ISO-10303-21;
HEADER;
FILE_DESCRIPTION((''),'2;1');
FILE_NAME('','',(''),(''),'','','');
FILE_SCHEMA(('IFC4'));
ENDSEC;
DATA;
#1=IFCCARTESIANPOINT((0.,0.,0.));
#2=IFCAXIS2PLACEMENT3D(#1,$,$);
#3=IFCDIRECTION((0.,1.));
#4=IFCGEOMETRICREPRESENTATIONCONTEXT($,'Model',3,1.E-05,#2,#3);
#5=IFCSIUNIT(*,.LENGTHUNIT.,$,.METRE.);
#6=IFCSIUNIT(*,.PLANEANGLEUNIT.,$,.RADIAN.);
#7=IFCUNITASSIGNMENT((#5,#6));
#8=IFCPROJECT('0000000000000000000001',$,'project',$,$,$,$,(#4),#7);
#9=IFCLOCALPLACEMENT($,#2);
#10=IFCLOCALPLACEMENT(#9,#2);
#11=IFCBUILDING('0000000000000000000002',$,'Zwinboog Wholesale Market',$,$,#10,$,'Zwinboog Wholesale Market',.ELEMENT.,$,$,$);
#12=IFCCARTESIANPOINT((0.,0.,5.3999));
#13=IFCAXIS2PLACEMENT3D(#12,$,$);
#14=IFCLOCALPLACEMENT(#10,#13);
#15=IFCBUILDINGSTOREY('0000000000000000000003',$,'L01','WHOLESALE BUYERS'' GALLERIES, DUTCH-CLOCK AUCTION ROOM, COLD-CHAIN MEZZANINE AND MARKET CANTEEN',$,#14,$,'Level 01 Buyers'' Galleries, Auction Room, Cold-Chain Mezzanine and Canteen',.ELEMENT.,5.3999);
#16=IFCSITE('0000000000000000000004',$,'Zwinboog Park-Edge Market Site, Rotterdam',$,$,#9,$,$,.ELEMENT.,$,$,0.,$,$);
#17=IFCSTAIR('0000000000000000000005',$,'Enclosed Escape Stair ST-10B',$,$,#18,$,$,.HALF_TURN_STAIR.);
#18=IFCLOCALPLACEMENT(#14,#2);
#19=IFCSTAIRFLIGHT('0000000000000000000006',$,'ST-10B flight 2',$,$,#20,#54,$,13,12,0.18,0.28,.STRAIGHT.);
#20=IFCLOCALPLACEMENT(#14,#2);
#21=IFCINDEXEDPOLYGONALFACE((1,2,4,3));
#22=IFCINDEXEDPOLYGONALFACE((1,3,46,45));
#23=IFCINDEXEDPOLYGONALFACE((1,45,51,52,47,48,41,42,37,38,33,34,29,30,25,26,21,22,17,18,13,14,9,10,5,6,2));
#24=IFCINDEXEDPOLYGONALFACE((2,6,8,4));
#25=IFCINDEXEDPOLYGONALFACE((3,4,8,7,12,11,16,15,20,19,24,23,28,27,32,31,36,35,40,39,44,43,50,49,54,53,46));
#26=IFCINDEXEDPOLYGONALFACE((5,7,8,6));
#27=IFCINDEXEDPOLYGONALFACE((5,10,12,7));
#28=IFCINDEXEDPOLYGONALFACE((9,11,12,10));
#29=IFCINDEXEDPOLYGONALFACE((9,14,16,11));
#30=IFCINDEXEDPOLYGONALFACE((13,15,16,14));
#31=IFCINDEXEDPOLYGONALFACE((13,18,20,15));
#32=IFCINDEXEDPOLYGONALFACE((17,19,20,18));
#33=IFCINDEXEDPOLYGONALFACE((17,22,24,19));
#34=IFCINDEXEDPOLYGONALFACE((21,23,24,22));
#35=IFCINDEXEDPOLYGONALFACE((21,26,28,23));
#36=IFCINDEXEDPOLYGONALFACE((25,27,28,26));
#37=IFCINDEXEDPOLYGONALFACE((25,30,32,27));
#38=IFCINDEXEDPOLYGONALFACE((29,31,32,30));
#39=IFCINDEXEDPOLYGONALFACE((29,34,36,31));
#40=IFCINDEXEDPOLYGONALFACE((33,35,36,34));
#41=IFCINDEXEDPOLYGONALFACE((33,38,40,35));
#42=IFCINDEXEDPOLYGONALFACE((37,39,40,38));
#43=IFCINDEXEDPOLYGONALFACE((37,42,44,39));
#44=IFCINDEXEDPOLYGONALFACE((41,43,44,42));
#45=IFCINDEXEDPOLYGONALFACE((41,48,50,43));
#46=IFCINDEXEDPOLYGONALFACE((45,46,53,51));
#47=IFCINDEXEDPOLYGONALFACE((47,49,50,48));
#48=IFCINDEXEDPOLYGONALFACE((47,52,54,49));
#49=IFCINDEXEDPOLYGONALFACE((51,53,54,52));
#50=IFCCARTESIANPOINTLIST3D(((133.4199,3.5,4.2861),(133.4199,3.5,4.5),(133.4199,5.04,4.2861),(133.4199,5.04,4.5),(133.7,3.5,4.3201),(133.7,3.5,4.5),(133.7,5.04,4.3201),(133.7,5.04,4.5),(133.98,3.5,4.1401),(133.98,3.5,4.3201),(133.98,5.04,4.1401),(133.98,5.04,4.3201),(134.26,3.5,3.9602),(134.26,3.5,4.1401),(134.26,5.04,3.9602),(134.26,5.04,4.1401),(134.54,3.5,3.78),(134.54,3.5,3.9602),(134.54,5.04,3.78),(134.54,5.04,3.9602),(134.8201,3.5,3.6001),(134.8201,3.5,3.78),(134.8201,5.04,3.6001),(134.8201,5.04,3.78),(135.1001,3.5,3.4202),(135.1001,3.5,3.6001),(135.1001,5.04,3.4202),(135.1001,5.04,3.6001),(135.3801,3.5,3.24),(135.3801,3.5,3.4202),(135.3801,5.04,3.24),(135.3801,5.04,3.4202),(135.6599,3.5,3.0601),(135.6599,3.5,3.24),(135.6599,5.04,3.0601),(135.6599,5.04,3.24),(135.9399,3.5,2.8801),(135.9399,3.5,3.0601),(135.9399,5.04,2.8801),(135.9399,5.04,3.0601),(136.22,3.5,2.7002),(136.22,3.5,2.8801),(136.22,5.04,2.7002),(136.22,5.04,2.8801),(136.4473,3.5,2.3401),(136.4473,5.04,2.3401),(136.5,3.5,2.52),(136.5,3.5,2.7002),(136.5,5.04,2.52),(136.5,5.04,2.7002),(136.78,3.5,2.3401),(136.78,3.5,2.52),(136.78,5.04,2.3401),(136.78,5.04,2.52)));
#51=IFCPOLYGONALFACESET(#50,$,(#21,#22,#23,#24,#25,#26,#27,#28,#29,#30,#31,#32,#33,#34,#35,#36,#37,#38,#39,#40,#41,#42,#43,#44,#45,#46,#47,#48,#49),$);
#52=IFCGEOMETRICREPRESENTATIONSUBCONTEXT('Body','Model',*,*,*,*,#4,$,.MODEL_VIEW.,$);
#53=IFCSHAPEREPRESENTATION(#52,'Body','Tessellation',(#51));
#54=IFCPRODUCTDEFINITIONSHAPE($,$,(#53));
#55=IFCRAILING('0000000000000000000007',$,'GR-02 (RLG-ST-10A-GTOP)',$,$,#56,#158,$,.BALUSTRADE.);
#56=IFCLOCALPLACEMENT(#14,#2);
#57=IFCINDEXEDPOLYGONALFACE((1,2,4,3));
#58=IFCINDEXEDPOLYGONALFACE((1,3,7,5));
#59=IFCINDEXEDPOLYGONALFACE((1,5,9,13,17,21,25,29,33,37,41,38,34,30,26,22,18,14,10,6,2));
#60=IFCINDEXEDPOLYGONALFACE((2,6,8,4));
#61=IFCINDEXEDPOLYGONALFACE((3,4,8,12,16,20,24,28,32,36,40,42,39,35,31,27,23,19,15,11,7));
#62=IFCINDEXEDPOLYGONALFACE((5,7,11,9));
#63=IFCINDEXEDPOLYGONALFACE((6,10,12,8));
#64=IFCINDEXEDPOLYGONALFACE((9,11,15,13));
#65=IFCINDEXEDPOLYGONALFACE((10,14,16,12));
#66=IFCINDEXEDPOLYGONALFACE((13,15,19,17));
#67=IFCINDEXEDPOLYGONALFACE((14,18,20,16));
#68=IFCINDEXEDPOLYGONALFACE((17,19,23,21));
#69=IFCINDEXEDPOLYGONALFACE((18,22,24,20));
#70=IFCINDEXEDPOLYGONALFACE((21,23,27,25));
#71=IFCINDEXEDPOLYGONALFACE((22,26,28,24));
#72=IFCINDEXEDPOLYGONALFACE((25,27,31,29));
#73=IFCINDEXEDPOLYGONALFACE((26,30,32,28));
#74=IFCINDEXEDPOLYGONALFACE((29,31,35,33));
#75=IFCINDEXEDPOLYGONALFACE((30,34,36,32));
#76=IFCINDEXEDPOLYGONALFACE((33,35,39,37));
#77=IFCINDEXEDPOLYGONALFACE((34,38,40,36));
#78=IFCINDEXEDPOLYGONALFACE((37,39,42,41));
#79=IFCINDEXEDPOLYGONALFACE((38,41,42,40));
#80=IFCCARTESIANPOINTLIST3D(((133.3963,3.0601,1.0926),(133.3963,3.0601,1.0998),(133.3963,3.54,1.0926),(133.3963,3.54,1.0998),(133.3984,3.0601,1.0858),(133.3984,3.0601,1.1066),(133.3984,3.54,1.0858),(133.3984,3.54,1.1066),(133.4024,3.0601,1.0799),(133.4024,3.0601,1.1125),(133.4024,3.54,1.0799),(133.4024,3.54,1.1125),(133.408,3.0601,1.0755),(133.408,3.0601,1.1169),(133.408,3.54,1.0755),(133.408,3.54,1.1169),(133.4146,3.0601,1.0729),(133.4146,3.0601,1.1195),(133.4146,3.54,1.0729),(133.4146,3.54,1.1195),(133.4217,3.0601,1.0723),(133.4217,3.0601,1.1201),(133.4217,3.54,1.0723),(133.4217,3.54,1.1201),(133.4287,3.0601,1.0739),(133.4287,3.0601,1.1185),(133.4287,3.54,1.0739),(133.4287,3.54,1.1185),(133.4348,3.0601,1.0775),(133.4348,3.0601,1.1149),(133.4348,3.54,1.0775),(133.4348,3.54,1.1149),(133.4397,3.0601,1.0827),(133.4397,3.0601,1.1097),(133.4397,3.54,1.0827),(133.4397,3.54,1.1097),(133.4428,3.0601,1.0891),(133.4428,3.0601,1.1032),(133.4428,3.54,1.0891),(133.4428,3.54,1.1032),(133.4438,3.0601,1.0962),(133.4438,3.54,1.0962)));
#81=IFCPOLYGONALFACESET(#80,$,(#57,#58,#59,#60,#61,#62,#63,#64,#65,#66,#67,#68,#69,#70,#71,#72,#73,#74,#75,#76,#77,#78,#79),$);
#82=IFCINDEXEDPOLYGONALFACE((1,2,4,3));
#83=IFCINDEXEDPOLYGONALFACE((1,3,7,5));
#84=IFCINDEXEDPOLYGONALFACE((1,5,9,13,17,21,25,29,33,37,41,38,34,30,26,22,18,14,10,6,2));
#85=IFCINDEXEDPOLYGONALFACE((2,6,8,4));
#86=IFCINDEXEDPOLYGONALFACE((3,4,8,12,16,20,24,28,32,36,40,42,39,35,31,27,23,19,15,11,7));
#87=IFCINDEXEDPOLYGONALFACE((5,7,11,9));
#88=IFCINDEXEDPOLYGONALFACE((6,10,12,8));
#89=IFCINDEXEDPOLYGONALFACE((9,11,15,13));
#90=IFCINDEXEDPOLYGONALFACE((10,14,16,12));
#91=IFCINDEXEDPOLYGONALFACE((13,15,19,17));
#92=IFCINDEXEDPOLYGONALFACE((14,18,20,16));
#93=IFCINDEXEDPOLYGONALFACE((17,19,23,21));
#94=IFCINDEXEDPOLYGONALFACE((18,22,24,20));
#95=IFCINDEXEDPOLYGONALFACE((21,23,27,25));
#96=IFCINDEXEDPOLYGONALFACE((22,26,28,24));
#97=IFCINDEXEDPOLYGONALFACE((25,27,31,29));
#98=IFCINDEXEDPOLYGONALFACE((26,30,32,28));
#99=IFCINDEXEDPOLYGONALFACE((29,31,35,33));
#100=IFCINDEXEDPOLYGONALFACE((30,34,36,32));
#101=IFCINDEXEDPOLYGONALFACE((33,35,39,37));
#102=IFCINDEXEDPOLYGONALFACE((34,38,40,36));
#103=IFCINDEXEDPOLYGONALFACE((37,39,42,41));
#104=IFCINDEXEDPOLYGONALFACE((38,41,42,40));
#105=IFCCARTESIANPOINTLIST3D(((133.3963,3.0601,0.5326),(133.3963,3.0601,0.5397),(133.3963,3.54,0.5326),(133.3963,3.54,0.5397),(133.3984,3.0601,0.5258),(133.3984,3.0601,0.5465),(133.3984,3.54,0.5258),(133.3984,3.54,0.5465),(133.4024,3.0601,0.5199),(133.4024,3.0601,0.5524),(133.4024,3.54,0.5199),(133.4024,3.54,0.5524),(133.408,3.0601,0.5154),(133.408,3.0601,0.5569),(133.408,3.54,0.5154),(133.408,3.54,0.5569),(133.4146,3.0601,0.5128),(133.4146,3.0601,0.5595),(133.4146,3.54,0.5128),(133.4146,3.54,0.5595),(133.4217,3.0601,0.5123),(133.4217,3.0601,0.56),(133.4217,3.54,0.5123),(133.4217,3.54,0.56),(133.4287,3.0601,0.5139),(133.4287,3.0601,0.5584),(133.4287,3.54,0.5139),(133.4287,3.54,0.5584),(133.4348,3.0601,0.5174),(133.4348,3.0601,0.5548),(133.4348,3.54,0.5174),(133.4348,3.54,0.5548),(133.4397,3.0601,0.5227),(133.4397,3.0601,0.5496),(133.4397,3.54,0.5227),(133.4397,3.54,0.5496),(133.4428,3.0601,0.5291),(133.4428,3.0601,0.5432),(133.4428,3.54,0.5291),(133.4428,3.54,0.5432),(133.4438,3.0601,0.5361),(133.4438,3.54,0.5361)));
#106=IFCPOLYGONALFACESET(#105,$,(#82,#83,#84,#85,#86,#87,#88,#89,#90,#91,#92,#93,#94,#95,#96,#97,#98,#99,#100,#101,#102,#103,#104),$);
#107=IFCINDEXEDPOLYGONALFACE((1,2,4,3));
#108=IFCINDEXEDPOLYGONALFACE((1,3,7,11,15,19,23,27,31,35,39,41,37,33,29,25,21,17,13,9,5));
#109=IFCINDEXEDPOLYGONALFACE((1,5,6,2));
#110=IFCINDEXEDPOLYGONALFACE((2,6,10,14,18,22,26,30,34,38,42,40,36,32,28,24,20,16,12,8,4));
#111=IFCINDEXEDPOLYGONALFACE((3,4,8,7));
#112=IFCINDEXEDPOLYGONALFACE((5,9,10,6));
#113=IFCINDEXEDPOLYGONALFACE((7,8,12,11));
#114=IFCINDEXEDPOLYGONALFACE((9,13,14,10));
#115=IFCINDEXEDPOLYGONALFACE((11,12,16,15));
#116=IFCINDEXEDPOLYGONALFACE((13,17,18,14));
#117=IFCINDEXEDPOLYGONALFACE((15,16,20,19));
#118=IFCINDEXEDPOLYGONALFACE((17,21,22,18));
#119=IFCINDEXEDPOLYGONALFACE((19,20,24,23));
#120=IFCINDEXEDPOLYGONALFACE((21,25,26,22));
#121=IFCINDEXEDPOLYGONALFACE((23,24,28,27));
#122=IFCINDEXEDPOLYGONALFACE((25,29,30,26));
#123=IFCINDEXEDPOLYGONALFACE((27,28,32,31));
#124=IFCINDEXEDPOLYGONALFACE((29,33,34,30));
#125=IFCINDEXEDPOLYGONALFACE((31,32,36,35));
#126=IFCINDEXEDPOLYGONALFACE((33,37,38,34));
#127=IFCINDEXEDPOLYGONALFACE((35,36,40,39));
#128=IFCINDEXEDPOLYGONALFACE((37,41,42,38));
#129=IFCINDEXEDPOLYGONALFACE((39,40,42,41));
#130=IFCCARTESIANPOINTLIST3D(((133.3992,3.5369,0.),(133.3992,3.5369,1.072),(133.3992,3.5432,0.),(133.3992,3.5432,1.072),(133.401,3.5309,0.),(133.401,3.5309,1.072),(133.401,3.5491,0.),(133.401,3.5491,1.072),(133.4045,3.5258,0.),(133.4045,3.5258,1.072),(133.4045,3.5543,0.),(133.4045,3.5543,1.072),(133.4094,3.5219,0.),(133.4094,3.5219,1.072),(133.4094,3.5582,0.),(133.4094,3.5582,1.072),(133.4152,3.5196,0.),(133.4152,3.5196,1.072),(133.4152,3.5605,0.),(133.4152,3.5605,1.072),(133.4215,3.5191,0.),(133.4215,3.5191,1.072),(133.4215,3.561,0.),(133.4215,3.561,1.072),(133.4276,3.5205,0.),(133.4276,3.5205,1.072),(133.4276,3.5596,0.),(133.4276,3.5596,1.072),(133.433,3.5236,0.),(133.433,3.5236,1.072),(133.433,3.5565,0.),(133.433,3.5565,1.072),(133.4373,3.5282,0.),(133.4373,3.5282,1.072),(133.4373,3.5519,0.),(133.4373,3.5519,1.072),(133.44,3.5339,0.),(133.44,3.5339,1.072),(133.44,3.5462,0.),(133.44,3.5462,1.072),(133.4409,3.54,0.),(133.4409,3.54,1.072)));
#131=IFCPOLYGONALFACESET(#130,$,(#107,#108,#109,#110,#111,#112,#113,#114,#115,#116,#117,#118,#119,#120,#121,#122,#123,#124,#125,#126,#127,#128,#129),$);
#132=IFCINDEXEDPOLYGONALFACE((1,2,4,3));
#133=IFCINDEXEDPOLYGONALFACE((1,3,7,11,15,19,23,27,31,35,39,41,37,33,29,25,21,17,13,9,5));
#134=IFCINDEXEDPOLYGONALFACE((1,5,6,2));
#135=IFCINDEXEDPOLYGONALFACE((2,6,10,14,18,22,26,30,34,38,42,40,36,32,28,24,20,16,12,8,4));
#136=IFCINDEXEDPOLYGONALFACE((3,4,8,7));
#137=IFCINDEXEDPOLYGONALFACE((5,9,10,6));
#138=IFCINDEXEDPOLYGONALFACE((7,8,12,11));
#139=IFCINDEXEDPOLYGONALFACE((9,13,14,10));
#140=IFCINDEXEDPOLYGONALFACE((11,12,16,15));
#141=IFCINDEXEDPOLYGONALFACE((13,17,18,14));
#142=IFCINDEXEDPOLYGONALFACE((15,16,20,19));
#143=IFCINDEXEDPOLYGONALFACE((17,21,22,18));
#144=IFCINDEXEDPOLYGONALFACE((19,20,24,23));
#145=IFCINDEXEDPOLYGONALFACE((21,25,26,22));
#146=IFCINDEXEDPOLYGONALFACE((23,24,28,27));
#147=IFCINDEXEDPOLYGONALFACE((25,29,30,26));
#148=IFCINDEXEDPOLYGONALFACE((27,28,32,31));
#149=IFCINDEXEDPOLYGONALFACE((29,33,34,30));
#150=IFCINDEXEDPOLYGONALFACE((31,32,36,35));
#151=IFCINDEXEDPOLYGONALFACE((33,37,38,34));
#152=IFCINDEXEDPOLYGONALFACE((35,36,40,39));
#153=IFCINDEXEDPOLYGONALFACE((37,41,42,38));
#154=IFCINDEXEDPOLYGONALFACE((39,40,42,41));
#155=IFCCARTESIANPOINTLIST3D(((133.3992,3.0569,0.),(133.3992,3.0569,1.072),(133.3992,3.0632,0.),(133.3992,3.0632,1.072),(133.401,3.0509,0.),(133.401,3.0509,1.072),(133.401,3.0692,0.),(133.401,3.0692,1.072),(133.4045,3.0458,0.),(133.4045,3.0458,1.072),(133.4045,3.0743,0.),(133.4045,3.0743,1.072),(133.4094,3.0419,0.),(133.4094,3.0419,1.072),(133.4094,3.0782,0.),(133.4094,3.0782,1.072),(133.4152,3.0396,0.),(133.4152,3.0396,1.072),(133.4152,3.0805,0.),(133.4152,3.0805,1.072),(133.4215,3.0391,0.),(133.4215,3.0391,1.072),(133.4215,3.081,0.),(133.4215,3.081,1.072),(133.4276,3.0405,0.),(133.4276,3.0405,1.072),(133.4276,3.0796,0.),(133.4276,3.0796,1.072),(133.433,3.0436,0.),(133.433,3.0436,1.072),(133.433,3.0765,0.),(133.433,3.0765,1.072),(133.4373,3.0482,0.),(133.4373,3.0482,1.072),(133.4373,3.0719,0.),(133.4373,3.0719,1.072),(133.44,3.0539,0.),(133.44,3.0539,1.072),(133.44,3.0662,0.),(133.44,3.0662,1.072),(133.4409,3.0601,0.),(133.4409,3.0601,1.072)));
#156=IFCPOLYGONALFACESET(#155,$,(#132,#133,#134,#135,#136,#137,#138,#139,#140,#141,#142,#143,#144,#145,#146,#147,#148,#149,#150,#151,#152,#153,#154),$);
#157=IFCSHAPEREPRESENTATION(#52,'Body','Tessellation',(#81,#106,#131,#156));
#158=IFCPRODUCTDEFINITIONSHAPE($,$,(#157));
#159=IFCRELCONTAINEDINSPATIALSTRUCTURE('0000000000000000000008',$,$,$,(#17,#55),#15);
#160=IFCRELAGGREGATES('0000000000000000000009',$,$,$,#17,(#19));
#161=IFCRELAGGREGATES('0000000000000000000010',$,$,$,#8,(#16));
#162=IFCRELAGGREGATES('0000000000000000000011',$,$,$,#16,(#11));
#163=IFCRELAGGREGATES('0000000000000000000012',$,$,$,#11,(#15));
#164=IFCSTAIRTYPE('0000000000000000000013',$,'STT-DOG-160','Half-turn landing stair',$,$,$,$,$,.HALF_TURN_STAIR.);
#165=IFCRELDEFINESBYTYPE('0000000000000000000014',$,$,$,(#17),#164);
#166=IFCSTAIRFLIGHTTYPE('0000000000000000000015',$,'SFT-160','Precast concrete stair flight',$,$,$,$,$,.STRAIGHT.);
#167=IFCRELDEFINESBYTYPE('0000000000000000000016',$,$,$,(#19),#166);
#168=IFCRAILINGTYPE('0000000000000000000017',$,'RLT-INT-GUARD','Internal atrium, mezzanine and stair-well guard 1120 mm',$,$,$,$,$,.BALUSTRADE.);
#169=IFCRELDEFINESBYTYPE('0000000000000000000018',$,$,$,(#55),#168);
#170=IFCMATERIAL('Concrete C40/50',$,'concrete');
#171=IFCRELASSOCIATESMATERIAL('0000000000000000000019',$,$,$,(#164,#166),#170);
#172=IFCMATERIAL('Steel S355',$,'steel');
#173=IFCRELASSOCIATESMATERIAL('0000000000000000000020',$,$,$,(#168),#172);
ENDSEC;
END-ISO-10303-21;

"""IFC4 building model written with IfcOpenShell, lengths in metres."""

from ifc_helpers import new_model, si_unit, direction, frame, origin, origin_2d, place, context, subcontext, project, spatial, polyline, circle, outline, extrude, material, type_object, element, aggregate, save


model = new_model("IFC4")

# Units and contexts
model_context = context("Model", 3, precision=1e-05, world=origin(), true_north=direction((0.0, 1.0)))
body_context = subcontext(model_context, "Body", "Model", "MODEL_VIEW")
ifc_project = project(units=[si_unit("LENGTHUNIT", "METRE"), si_unit("PLANEANGLEUNIT", "RADIAN")], contexts=[model_context])

# Site, building, storey
site_placement = place(None, origin())
site = spatial("IfcSite", under=ifc_project, at=site_placement, Name="Zwinboog Park-Edge Market Site, Rotterdam", CompositionType="ELEMENT", RefElevation=0.0)
building_placement = place(site_placement, origin())
building = spatial("IfcBuilding", under=site, at=building_placement, Name="Zwinboog Wholesale Market", LongName="Zwinboog Wholesale Market", CompositionType="ELEMENT")
storey_placement = place(building_placement, frame((0.0, 0.0, 5.3999)))
storey = spatial("IfcBuildingStorey", under=building, at=storey_placement, Name="L01", Description="WHOLESALE BUYERS' GALLERIES, DUTCH-CLOCK AUCTION ROOM, COLD-CHAIN MEZZANINE AND MARKET CANTEEN", LongName="Level 01 Buyers' Galleries, Auction Room, Cold-Chain Mezzanine and Canteen", CompositionType="ELEMENT", Elevation=5.3999)

# Shared definitions
ifc_material_1 = material(Name="Steel S355", Category="steel")

# Shared definitions
ifc_material_2 = material(Name="Concrete C40/50", Category="concrete")

# Stair, stair flight
stair_type = type_object("IfcStairType", Name="STT-DOG-160", Description="Half-turn landing stair", PredefinedType="HALF_TURN_STAIR", material=ifc_material_2)
stair_placement = place(storey_placement, origin())
stair = element("IfcStair", 1, at=stair_placement, inside=storey, type_object=stair_type, Name="Enclosed Escape Stair ST-10B", PredefinedType="HALF_TURN_STAIR")
stair_flight_type = type_object("IfcStairFlightType", Name="SFT-160", Description="Precast concrete stair flight", PredefinedType="STRAIGHT", material=ifc_material_2)
stair_flight_placement = place(storey_placement, frame((136.78, 4.27, 2.3401), z_axis=(0.0, 0.0, 1.0), x_axis=(-1.0, 0.0, 0.0)))
stair_flight = element("IfcStairFlight", 2, at=stair_flight_placement, type_object=stair_flight_type, Name="ST-10B flight 2", NumberOfRisers=13, NumberOfTreads=12, PredefinedType="STRAIGHT", RiserHeight=0.18, TreadLength=0.28, context=body_context, shape_type="SweptSolid", body=[
    extrude(outline(polyline([(0.0, 0.0), (0.0, 0.1799), (0.28, 0.1799), (0.28, 0.3601), (0.5601, 0.3601), (0.5601, 0.54), (0.8401, 0.54), (0.8401, 0.72), (1.1201, 0.72), (1.1201, 0.8999), (1.3999, 0.8999), (1.3999, 1.0801), (1.6799, 1.0801), (1.6799, 1.26), (1.96, 1.26), (1.96, 1.4399), (2.24, 1.4399), (2.24, 1.6201), (2.52, 1.6201), (2.52, 1.8), (2.8, 1.8), (2.8, 1.98), (3.0801, 1.98), (3.0801, 2.1599), (3.3601, 2.1599), (3.3601, 2.3401), (3.3601, 1.946), (0.3328, 0.0), (0.0, 0.0)])), frame((0.0, 0.77, 0.0), z_axis=(0.0, -1.0, 0.0), x_axis=(1.0, 0.0, 0.0)), (0.0, 0.0, 1.0), 1.54),
])
aggregate(stair, [stair_flight])

# Railing
railing_type_1 = type_object("IfcRailingType", Name="RLT-INT-GUARD", Description="Internal atrium, mezzanine and stair-well guard 1120 mm", PredefinedType="BALUSTRADE", material=ifc_material_1)
railing_1_placement = place(storey_placement, frame((133.4199, 3.54, 0.0)))
element("IfcRailing", 3, at=railing_1_placement, inside=storey, type_object=railing_type_1, Name="GR-02 (RLG-ST-10A-GTOP)", PredefinedType="BALUSTRADE", context=body_context, shape_type="SweptSolid", body=[
    extrude(circle(Radius=0.0239, at=origin_2d()), frame((0.0, 0.0, 1.0962), z_axis=(0.0, -1.0, 0.0), x_axis=(1.0, 0.0, 0.0)), (0.0, 0.0, 1.0), 0.48),
    extrude(circle(Radius=0.0239, at=origin_2d()), frame((0.0, 0.0, 0.5361), z_axis=(0.0, -1.0, 0.0), x_axis=(1.0, 0.0, 0.0)), (0.0, 0.0, 1.0), 0.48),
    extrude(circle(Radius=0.021, at=origin_2d()), origin(), (0.0, 0.0, 1.0), 1.072),
    extrude(circle(Radius=0.021, at=origin_2d()), frame((0.0, -0.48, 0.0)), (0.0, 0.0, 1.0), 1.072),
])

save(model, "model.ifc")
